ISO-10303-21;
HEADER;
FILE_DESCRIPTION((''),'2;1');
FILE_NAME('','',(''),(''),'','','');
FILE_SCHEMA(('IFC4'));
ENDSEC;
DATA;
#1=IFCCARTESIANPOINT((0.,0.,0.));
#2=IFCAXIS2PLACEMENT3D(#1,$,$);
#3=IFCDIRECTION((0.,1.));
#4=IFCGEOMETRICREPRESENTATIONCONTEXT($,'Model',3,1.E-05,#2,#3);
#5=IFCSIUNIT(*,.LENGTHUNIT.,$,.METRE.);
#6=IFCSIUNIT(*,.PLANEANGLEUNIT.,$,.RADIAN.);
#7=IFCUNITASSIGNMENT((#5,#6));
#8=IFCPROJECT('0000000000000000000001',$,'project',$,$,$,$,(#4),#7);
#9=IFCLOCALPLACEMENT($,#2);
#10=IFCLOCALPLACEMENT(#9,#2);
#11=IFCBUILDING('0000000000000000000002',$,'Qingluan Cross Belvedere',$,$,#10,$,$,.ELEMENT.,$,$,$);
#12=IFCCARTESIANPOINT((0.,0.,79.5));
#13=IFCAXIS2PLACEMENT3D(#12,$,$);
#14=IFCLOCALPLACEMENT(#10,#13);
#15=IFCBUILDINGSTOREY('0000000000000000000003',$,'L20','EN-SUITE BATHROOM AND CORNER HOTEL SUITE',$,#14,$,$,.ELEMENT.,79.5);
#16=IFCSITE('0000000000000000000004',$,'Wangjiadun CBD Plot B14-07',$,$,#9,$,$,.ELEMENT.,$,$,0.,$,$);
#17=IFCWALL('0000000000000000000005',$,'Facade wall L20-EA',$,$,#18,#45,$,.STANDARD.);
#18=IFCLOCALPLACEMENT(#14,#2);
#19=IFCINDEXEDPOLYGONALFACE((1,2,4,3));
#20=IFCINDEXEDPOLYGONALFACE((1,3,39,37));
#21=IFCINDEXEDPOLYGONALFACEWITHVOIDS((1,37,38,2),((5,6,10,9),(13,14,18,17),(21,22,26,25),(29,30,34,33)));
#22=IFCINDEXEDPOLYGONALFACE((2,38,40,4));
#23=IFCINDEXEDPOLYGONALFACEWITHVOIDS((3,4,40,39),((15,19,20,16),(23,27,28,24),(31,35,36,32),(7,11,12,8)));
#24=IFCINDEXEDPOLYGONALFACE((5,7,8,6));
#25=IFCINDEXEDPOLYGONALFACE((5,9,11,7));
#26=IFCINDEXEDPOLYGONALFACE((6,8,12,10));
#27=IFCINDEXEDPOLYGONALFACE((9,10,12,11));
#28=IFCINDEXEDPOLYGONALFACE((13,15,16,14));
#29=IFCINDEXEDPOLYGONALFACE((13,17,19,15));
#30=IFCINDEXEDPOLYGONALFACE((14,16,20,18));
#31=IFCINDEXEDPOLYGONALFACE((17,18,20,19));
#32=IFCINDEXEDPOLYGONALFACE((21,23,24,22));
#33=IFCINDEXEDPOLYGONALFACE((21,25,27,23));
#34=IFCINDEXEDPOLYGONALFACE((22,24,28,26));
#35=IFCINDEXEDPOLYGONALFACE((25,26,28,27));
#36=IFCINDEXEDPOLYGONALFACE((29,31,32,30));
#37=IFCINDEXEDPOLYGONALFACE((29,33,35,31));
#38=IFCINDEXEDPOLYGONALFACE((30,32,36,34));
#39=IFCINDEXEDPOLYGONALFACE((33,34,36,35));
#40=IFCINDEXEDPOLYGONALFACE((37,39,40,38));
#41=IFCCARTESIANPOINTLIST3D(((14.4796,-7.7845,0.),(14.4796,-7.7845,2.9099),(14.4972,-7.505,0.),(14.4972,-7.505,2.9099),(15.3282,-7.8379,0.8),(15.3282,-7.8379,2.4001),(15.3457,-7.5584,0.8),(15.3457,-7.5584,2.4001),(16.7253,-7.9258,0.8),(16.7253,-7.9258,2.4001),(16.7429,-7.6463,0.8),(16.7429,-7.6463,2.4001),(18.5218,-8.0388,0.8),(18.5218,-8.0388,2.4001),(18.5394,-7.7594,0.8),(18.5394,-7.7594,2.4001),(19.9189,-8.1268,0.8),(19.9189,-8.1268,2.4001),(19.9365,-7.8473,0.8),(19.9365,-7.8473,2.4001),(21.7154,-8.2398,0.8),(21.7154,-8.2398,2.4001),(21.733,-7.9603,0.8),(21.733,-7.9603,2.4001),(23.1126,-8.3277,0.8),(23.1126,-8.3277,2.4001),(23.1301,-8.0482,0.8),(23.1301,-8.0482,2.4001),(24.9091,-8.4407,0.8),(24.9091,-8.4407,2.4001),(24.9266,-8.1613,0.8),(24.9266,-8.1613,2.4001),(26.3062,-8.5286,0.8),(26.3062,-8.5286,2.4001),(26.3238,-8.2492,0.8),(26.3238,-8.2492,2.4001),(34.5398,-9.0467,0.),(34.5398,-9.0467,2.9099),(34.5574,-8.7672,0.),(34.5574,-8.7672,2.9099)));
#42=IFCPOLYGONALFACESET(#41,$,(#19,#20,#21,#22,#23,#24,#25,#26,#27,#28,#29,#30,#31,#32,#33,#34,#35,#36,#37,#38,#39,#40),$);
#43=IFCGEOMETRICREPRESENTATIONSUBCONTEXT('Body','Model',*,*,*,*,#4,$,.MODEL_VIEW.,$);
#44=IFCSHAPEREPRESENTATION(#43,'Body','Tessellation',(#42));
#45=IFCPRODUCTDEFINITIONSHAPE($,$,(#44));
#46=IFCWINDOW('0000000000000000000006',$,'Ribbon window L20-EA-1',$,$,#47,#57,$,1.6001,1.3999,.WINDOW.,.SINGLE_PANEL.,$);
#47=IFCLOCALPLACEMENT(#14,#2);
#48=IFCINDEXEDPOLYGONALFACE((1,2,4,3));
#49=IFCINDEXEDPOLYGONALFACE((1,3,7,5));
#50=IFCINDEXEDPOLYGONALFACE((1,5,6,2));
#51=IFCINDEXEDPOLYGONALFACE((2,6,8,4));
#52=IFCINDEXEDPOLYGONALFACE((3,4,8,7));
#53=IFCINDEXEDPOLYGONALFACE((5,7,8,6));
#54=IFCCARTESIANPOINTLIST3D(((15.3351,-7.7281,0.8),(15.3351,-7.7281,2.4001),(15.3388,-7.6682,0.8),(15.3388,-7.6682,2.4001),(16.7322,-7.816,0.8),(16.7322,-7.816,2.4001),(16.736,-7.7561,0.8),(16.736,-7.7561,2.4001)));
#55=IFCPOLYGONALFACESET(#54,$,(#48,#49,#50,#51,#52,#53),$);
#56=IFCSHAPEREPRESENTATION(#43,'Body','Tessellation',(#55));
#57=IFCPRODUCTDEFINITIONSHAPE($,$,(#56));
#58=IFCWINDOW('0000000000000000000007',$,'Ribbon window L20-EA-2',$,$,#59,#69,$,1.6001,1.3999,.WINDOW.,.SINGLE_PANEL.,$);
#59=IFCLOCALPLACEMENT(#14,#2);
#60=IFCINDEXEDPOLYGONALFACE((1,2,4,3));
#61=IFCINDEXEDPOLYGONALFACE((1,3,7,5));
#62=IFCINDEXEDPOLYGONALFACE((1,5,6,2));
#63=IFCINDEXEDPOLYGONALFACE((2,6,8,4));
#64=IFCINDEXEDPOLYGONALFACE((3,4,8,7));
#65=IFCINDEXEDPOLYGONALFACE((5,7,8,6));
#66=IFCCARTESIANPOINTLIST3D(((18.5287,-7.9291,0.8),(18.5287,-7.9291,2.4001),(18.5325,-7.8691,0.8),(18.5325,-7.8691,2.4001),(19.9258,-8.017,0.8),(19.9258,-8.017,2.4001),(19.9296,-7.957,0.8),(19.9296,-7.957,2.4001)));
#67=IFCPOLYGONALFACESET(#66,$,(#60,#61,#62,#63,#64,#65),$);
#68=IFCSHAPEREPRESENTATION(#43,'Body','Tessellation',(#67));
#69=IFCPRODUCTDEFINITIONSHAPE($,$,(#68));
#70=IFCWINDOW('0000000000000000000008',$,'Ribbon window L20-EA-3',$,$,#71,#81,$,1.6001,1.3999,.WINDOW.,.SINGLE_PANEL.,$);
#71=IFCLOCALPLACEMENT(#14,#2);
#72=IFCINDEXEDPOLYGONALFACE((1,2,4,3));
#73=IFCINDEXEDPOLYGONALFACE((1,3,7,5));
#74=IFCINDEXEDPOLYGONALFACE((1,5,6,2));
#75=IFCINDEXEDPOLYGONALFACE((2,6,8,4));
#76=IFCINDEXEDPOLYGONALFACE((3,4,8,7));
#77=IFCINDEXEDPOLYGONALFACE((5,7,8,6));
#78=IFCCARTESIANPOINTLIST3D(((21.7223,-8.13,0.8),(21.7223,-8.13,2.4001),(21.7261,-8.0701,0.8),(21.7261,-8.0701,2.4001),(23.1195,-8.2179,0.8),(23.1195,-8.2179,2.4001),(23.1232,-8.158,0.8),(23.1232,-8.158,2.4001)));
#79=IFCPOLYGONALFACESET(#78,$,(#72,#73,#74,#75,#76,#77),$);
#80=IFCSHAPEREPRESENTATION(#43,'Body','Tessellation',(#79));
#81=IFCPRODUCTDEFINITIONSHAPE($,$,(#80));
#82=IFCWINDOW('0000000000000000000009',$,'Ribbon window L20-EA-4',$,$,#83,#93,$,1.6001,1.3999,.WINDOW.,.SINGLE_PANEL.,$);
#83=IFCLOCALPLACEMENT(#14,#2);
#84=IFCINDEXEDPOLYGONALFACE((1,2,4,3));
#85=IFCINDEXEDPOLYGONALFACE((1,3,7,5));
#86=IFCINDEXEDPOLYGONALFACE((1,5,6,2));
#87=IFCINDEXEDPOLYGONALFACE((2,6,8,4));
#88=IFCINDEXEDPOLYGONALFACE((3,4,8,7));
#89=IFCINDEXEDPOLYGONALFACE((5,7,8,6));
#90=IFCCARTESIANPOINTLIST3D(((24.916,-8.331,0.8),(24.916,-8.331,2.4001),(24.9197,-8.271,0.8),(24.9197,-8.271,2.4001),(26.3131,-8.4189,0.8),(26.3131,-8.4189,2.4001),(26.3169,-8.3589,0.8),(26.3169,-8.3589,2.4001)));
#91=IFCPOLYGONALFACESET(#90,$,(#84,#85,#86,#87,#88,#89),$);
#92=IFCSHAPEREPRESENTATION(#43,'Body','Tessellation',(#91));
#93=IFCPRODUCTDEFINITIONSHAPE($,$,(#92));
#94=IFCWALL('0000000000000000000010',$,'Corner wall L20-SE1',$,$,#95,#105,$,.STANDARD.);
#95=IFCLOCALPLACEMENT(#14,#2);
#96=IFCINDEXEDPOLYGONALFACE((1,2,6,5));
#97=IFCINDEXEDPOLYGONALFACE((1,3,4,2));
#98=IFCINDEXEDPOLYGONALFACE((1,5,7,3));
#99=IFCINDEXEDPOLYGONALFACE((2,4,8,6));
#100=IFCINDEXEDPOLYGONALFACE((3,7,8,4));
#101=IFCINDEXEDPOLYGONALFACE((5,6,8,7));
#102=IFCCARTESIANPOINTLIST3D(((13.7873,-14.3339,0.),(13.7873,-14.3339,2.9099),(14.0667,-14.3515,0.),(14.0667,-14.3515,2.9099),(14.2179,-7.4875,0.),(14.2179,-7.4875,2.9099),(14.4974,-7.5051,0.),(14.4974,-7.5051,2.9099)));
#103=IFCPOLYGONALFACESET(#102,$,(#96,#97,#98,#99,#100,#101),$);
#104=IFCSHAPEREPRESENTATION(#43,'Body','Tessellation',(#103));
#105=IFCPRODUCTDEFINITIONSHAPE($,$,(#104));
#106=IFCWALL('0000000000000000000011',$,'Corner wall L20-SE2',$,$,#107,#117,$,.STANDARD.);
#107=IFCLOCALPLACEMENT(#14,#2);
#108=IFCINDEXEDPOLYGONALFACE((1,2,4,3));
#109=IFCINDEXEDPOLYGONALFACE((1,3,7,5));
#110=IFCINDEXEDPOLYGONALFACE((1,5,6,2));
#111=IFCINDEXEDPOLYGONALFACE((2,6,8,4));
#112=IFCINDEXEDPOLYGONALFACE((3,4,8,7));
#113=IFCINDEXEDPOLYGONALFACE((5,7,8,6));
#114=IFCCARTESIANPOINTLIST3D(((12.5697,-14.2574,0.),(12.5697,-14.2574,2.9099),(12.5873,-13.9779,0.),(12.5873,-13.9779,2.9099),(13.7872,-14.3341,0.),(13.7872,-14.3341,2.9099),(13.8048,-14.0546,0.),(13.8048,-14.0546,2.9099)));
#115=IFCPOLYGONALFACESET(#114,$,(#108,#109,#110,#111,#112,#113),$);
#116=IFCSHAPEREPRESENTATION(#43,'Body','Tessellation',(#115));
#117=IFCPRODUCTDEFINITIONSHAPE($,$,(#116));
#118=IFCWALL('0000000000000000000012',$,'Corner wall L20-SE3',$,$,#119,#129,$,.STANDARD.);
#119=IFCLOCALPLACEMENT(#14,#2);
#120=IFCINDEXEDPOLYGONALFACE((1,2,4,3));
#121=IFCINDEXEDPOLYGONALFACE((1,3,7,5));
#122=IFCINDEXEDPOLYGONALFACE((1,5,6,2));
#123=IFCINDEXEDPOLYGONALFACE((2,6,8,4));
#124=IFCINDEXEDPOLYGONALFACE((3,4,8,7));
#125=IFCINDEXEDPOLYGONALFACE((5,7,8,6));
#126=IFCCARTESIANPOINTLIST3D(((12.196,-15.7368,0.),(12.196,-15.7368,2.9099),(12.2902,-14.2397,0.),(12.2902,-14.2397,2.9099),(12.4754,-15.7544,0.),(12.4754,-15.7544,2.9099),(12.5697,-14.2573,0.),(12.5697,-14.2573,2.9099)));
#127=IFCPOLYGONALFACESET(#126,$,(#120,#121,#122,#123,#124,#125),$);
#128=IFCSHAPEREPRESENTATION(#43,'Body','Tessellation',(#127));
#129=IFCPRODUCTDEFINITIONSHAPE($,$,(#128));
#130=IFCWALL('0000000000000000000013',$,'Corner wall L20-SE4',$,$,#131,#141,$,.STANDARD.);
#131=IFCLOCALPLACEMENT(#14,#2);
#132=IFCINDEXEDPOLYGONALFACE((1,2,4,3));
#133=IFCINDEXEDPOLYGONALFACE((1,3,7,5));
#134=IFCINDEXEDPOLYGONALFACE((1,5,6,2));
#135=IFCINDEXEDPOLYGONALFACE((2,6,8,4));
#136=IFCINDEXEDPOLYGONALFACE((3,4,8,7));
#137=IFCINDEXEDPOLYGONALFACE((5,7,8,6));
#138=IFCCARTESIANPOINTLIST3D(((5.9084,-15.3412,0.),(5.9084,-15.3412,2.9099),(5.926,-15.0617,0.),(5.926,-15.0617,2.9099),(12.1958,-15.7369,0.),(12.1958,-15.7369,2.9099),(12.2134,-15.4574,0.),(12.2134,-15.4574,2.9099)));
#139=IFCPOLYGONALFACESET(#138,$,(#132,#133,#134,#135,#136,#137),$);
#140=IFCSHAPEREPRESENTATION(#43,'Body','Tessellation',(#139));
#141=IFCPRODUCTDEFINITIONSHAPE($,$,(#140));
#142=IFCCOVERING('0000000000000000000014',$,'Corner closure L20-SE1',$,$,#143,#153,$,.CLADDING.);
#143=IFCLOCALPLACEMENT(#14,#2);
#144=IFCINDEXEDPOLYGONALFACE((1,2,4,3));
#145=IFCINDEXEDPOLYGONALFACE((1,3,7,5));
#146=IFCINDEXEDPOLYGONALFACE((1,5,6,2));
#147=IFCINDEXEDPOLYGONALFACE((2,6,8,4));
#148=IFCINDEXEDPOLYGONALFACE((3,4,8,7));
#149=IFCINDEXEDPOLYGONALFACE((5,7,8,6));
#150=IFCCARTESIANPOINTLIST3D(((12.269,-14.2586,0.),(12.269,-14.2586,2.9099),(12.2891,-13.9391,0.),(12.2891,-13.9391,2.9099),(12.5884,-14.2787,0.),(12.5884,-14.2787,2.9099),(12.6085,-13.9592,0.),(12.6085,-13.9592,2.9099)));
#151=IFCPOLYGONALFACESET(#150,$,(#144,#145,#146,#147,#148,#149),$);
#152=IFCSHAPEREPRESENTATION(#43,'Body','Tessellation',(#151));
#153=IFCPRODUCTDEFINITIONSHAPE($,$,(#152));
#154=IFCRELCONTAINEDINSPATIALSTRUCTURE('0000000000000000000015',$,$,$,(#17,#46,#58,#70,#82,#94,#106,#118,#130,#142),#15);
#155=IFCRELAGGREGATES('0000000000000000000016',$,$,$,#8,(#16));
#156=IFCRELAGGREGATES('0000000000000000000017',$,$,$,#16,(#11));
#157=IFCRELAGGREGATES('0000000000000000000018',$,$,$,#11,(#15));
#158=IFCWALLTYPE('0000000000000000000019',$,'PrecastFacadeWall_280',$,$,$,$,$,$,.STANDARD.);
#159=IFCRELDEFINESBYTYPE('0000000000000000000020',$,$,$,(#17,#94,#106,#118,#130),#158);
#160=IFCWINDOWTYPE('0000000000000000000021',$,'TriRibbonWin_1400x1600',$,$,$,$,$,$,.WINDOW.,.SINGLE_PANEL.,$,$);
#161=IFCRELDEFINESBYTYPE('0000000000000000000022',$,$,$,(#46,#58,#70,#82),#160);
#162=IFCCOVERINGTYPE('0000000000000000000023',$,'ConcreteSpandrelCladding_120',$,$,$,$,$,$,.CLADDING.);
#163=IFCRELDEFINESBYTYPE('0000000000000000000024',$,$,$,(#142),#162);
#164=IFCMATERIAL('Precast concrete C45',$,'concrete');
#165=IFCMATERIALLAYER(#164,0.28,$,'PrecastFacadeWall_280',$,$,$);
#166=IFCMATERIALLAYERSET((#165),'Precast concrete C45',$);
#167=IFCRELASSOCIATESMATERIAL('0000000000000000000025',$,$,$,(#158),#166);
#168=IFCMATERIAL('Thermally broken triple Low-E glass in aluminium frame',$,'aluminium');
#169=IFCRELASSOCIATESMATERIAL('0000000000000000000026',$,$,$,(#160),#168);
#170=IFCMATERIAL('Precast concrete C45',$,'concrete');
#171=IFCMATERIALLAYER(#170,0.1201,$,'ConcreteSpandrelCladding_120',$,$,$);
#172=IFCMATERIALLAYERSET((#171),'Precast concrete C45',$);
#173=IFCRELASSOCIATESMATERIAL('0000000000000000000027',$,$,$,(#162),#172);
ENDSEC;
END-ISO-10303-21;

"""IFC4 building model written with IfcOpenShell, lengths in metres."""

from ifc_helpers import new_model, si_unit, direction, frame, frame_2d, origin, origin_2d, place, context, subcontext, project, spatial, rectangle, extrude, material, layer, layer_set, type_object, element, fill, save


model = new_model("IFC4")

# Units and contexts
model_context = context("Model", 3, precision=1e-05, world=origin(), true_north=direction((0.0, 1.0)))
body_context = subcontext(model_context, "Body", "Model", "MODEL_VIEW")
ifc_project = project(units=[si_unit("LENGTHUNIT", "METRE"), si_unit("PLANEANGLEUNIT", "RADIAN")], contexts=[model_context])

# Site, building, storey
site_placement = place(None, origin())
site = spatial("IfcSite", under=ifc_project, at=site_placement, Name="Wangjiadun CBD Plot B14-07", CompositionType="ELEMENT", RefElevation=0.0)
building_placement = place(site_placement, origin())
building = spatial("IfcBuilding", under=site, at=building_placement, Name="Qingluan Cross Belvedere", CompositionType="ELEMENT")
storey_placement = place(building_placement, frame((0.0, 0.0, 79.5)))
storey = spatial("IfcBuildingStorey", under=building, at=storey_placement, Name="L20", Description="EN-SUITE BATHROOM AND CORNER HOTEL SUITE", CompositionType="ELEMENT", Elevation=79.5)

# Wall, openings, windows
ifc_material_1 = material(Name="Precast concrete C45", Category="concrete")
ifc_layer_1 = layer(ifc_material_1, 0.28, Name="PrecastFacadeWall_280")
ifc_layer_set_1 = layer_set([ifc_layer_1], Name="Precast concrete C45")
wall_type_1 = type_object("IfcWallType", Name="PrecastFacadeWall_280", PredefinedType="STANDARD", material=ifc_layer_set_1)
wall_1_placement = place(storey_placement, frame((14.4885, -7.6448, 0.0), z_axis=(0.0, 0.0, 1.0), x_axis=(0.998026, -0.062796, 0.0)))
wall_1 = element("IfcWall", 1, at=wall_1_placement, inside=storey, type_object=wall_type_1, Name="Facade wall L20-EA", PredefinedType="STANDARD", context=body_context, shape_type="SweptSolid", body=[
    extrude(rectangle(XDim=20.0999, YDim=0.28, at=frame_2d((10.0498, 0.0))), origin(), (0.0, 0.0, 1.0), 2.9099),
])
opening_1_placement = place(wall_1_placement, frame((0.8501, 0.0, 0.8)))
opening_1 = element("IfcOpeningElement", 2, at=opening_1_placement, cuts=wall_1, PredefinedType="OPENING", context=body_context, shape_type="SweptSolid", body=[
    extrude(rectangle(XDim=1.3999, YDim=1.6001, at=frame_2d((0.7, 0.8))), frame((0.0, 0.1499, 0.0), z_axis=(0.0, -1.0, 0.0), x_axis=(1.0, 0.0, 0.0)), (0.0, 0.0, 1.0), 0.3),
])
opening_2_placement = place(wall_1_placement, frame((4.05, 0.0, 0.8)))
opening_2 = element("IfcOpeningElement", 3, at=opening_2_placement, cuts=wall_1, PredefinedType="OPENING", context=body_context, shape_type="SweptSolid", body=[
    extrude(rectangle(XDim=1.3999, YDim=1.6001, at=frame_2d((0.7, 0.8))), frame((0.0, 0.1499, 0.0), z_axis=(0.0, -1.0, 0.0), x_axis=(1.0, 0.0, 0.0)), (0.0, 0.0, 1.0), 0.3),
])
opening_3_placement = place(wall_1_placement, frame((7.25, 0.0, 0.8)))
opening_3 = element("IfcOpeningElement", 4, at=opening_3_placement, cuts=wall_1, PredefinedType="OPENING", context=body_context, shape_type="SweptSolid", body=[
    extrude(rectangle(XDim=1.3999, YDim=1.6001, at=frame_2d((0.7, 0.8))), frame((0.0, 0.1499, 0.0), z_axis=(0.0, -1.0, 0.0), x_axis=(1.0, 0.0, 0.0)), (0.0, 0.0, 1.0), 0.3),
])
opening_4_placement = place(wall_1_placement, frame((10.45, 0.0, 0.8)))
opening_4 = element("IfcOpeningElement", 5, at=opening_4_placement, cuts=wall_1, PredefinedType="OPENING", context=body_context, shape_type="SweptSolid", body=[
    extrude(rectangle(XDim=1.3999, YDim=1.6001, at=frame_2d((0.7, 0.8))), frame((0.0, 0.1499, 0.0), z_axis=(0.0, -1.0, 0.0), x_axis=(1.0, 0.0, 0.0)), (0.0, 0.0, 1.0), 0.3),
])
ifc_material_2 = material(Name="Thermally broken triple Low-E glass in aluminium frame", Category="aluminium")
window_type = type_object("IfcWindowType", Name="TriRibbonWin_1400x1600", PartitioningType="SINGLE_PANEL", PredefinedType="WINDOW", material=ifc_material_2)
window_1_placement = place(opening_1_placement, origin())
window_1 = element("IfcWindow", 6, at=window_1_placement, inside=storey, type_object=window_type, Name="Ribbon window L20-EA-1", OverallHeight=1.6001, OverallWidth=1.3999, PartitioningType="SINGLE_PANEL", PredefinedType="WINDOW", context=body_context, shape_type="SweptSolid", body=[
    extrude(rectangle(XDim=1.3999, YDim=1.6001, at=frame_2d((0.7, 0.8))), frame((0.0, 0.03, 0.0), z_axis=(0.0, -1.0, 0.0), x_axis=(1.0, 0.0, 0.0)), (0.0, 0.0, 1.0), 0.0601),
])
fill(opening_1, window_1)
window_2_placement = place(opening_2_placement, origin())
window_2 = element("IfcWindow", 7, at=window_2_placement, inside=storey, type_object=window_type, Name="Ribbon window L20-EA-2", OverallHeight=1.6001, OverallWidth=1.3999, PartitioningType="SINGLE_PANEL", PredefinedType="WINDOW", context=body_context, shape_type="SweptSolid", body=[
    extrude(rectangle(XDim=1.3999, YDim=1.6001, at=frame_2d((0.7, 0.8))), frame((0.0, 0.03, 0.0), z_axis=(0.0, -1.0, 0.0), x_axis=(1.0, 0.0, 0.0)), (0.0, 0.0, 1.0), 0.0601),
])
fill(opening_2, window_2)
window_3_placement = place(opening_3_placement, origin())
window_3 = element("IfcWindow", 8, at=window_3_placement, inside=storey, type_object=window_type, Name="Ribbon window L20-EA-3", OverallHeight=1.6001, OverallWidth=1.3999, PartitioningType="SINGLE_PANEL", PredefinedType="WINDOW", context=body_context, shape_type="SweptSolid", body=[
    extrude(rectangle(XDim=1.3999, YDim=1.6001, at=frame_2d((0.7, 0.8))), frame((0.0, 0.03, 0.0), z_axis=(0.0, -1.0, 0.0), x_axis=(1.0, 0.0, 0.0)), (0.0, 0.0, 1.0), 0.0601),
])
fill(opening_3, window_3)
window_4_placement = place(opening_4_placement, origin())
window_4 = element("IfcWindow", 9, at=window_4_placement, inside=storey, type_object=window_type, Name="Ribbon window L20-EA-4", OverallHeight=1.6001, OverallWidth=1.3999, PartitioningType="SINGLE_PANEL", PredefinedType="WINDOW", context=body_context, shape_type="SweptSolid", body=[
    extrude(rectangle(XDim=1.3999, YDim=1.6001, at=frame_2d((0.7, 0.8))), frame((0.0, 0.03, 0.0), z_axis=(0.0, -1.0, 0.0), x_axis=(1.0, 0.0, 0.0)), (0.0, 0.0, 1.0), 0.0601),
])
fill(opening_4, window_4)

# Walls
wall_2_placement = place(storey_placement, frame((14.3577, -7.4963, 0.0), z_axis=(0.0, 0.0, 1.0), x_axis=(-0.062779, -0.998027, 0.0)))
element("IfcWall", 10, at=wall_2_placement, inside=storey, type_object=wall_type_1, Name="Corner wall L20-SE1", PredefinedType="STANDARD", context=body_context, shape_type="SweptSolid", body=[
    extrude(rectangle(XDim=6.8599, YDim=0.28, at=frame_2d((3.4299, 0.0))), origin(), (0.0, 0.0, 1.0), 2.9099),
])
wall_3_placement = place(storey_placement, frame((13.7959, -14.1943, 0.0), z_axis=(0.0, 0.0, 1.0), x_axis=(-0.998024, 0.062839, 0.0)))
element("IfcWall", 11, at=wall_3_placement, inside=storey, type_object=wall_type_1, Name="Corner wall L20-SE2", PredefinedType="STANDARD", context=body_context, shape_type="SweptSolid", body=[
    extrude(rectangle(XDim=1.22, YDim=0.28, at=frame_2d((0.6099, 0.0))), origin(), (0.0, 0.0, 1.0), 2.9099),
])
wall_4_placement = place(storey_placement, frame((12.4299, -14.2485, 0.0), z_axis=(0.0, 0.0, 1.0), x_axis=(-0.062824, -0.998025, 0.0)))
element("IfcWall", 12, at=wall_4_placement, inside=storey, type_object=wall_type_1, Name="Corner wall L20-SE3", PredefinedType="STANDARD", context=body_context, shape_type="SweptSolid", body=[
    extrude(rectangle(XDim=1.5, YDim=0.28, at=frame_2d((0.75, 0.0))), origin(), (0.0, 0.0, 1.0), 2.9099),
])
wall_5_placement = place(storey_placement, frame((12.2046, -15.5972, 0.0), z_axis=(0.0, 0.0, 1.0), x_axis=(-0.998025, 0.06282, 0.0)))
element("IfcWall", 13, at=wall_5_placement, inside=storey, type_object=wall_type_1, Name="Corner wall L20-SE4", PredefinedType="STANDARD", context=body_context, shape_type="SweptSolid", body=[
    extrude(rectangle(XDim=6.2998, YDim=0.28, at=frame_2d((3.1499, 0.0))), origin(), (0.0, 0.0, 1.0), 2.9099),
])

# Covering
ifc_material_3 = material(Name="Precast concrete C45", Category="concrete")
ifc_layer_2 = layer(ifc_material_3, 0.1201, Name="ConcreteSpandrelCladding_120")
ifc_layer_set_2 = layer_set([ifc_layer_2], Name="Precast concrete C45")
covering_type = type_object("IfcCoveringType", Name="ConcreteSpandrelCladding_120", PredefinedType="CLADDING", material=ifc_layer_set_2)
covering_placement = place(storey_placement, frame((12.4387, -14.1089, 0.0), z_axis=(0.0, 0.0, 1.0), x_axis=(0.998027, -0.062791, 0.0)))
element("IfcCovering", 14, at=covering_placement, inside=storey, type_object=covering_type, Name="Corner closure L20-SE1", PredefinedType="CLADDING", context=body_context, shape_type="SweptSolid", body=[
    extrude(rectangle(XDim=0.3201, YDim=0.3201, at=origin_2d()), origin(), (0.0, 0.0, 1.0), 2.9099),
])

save(model, "model.ifc")
